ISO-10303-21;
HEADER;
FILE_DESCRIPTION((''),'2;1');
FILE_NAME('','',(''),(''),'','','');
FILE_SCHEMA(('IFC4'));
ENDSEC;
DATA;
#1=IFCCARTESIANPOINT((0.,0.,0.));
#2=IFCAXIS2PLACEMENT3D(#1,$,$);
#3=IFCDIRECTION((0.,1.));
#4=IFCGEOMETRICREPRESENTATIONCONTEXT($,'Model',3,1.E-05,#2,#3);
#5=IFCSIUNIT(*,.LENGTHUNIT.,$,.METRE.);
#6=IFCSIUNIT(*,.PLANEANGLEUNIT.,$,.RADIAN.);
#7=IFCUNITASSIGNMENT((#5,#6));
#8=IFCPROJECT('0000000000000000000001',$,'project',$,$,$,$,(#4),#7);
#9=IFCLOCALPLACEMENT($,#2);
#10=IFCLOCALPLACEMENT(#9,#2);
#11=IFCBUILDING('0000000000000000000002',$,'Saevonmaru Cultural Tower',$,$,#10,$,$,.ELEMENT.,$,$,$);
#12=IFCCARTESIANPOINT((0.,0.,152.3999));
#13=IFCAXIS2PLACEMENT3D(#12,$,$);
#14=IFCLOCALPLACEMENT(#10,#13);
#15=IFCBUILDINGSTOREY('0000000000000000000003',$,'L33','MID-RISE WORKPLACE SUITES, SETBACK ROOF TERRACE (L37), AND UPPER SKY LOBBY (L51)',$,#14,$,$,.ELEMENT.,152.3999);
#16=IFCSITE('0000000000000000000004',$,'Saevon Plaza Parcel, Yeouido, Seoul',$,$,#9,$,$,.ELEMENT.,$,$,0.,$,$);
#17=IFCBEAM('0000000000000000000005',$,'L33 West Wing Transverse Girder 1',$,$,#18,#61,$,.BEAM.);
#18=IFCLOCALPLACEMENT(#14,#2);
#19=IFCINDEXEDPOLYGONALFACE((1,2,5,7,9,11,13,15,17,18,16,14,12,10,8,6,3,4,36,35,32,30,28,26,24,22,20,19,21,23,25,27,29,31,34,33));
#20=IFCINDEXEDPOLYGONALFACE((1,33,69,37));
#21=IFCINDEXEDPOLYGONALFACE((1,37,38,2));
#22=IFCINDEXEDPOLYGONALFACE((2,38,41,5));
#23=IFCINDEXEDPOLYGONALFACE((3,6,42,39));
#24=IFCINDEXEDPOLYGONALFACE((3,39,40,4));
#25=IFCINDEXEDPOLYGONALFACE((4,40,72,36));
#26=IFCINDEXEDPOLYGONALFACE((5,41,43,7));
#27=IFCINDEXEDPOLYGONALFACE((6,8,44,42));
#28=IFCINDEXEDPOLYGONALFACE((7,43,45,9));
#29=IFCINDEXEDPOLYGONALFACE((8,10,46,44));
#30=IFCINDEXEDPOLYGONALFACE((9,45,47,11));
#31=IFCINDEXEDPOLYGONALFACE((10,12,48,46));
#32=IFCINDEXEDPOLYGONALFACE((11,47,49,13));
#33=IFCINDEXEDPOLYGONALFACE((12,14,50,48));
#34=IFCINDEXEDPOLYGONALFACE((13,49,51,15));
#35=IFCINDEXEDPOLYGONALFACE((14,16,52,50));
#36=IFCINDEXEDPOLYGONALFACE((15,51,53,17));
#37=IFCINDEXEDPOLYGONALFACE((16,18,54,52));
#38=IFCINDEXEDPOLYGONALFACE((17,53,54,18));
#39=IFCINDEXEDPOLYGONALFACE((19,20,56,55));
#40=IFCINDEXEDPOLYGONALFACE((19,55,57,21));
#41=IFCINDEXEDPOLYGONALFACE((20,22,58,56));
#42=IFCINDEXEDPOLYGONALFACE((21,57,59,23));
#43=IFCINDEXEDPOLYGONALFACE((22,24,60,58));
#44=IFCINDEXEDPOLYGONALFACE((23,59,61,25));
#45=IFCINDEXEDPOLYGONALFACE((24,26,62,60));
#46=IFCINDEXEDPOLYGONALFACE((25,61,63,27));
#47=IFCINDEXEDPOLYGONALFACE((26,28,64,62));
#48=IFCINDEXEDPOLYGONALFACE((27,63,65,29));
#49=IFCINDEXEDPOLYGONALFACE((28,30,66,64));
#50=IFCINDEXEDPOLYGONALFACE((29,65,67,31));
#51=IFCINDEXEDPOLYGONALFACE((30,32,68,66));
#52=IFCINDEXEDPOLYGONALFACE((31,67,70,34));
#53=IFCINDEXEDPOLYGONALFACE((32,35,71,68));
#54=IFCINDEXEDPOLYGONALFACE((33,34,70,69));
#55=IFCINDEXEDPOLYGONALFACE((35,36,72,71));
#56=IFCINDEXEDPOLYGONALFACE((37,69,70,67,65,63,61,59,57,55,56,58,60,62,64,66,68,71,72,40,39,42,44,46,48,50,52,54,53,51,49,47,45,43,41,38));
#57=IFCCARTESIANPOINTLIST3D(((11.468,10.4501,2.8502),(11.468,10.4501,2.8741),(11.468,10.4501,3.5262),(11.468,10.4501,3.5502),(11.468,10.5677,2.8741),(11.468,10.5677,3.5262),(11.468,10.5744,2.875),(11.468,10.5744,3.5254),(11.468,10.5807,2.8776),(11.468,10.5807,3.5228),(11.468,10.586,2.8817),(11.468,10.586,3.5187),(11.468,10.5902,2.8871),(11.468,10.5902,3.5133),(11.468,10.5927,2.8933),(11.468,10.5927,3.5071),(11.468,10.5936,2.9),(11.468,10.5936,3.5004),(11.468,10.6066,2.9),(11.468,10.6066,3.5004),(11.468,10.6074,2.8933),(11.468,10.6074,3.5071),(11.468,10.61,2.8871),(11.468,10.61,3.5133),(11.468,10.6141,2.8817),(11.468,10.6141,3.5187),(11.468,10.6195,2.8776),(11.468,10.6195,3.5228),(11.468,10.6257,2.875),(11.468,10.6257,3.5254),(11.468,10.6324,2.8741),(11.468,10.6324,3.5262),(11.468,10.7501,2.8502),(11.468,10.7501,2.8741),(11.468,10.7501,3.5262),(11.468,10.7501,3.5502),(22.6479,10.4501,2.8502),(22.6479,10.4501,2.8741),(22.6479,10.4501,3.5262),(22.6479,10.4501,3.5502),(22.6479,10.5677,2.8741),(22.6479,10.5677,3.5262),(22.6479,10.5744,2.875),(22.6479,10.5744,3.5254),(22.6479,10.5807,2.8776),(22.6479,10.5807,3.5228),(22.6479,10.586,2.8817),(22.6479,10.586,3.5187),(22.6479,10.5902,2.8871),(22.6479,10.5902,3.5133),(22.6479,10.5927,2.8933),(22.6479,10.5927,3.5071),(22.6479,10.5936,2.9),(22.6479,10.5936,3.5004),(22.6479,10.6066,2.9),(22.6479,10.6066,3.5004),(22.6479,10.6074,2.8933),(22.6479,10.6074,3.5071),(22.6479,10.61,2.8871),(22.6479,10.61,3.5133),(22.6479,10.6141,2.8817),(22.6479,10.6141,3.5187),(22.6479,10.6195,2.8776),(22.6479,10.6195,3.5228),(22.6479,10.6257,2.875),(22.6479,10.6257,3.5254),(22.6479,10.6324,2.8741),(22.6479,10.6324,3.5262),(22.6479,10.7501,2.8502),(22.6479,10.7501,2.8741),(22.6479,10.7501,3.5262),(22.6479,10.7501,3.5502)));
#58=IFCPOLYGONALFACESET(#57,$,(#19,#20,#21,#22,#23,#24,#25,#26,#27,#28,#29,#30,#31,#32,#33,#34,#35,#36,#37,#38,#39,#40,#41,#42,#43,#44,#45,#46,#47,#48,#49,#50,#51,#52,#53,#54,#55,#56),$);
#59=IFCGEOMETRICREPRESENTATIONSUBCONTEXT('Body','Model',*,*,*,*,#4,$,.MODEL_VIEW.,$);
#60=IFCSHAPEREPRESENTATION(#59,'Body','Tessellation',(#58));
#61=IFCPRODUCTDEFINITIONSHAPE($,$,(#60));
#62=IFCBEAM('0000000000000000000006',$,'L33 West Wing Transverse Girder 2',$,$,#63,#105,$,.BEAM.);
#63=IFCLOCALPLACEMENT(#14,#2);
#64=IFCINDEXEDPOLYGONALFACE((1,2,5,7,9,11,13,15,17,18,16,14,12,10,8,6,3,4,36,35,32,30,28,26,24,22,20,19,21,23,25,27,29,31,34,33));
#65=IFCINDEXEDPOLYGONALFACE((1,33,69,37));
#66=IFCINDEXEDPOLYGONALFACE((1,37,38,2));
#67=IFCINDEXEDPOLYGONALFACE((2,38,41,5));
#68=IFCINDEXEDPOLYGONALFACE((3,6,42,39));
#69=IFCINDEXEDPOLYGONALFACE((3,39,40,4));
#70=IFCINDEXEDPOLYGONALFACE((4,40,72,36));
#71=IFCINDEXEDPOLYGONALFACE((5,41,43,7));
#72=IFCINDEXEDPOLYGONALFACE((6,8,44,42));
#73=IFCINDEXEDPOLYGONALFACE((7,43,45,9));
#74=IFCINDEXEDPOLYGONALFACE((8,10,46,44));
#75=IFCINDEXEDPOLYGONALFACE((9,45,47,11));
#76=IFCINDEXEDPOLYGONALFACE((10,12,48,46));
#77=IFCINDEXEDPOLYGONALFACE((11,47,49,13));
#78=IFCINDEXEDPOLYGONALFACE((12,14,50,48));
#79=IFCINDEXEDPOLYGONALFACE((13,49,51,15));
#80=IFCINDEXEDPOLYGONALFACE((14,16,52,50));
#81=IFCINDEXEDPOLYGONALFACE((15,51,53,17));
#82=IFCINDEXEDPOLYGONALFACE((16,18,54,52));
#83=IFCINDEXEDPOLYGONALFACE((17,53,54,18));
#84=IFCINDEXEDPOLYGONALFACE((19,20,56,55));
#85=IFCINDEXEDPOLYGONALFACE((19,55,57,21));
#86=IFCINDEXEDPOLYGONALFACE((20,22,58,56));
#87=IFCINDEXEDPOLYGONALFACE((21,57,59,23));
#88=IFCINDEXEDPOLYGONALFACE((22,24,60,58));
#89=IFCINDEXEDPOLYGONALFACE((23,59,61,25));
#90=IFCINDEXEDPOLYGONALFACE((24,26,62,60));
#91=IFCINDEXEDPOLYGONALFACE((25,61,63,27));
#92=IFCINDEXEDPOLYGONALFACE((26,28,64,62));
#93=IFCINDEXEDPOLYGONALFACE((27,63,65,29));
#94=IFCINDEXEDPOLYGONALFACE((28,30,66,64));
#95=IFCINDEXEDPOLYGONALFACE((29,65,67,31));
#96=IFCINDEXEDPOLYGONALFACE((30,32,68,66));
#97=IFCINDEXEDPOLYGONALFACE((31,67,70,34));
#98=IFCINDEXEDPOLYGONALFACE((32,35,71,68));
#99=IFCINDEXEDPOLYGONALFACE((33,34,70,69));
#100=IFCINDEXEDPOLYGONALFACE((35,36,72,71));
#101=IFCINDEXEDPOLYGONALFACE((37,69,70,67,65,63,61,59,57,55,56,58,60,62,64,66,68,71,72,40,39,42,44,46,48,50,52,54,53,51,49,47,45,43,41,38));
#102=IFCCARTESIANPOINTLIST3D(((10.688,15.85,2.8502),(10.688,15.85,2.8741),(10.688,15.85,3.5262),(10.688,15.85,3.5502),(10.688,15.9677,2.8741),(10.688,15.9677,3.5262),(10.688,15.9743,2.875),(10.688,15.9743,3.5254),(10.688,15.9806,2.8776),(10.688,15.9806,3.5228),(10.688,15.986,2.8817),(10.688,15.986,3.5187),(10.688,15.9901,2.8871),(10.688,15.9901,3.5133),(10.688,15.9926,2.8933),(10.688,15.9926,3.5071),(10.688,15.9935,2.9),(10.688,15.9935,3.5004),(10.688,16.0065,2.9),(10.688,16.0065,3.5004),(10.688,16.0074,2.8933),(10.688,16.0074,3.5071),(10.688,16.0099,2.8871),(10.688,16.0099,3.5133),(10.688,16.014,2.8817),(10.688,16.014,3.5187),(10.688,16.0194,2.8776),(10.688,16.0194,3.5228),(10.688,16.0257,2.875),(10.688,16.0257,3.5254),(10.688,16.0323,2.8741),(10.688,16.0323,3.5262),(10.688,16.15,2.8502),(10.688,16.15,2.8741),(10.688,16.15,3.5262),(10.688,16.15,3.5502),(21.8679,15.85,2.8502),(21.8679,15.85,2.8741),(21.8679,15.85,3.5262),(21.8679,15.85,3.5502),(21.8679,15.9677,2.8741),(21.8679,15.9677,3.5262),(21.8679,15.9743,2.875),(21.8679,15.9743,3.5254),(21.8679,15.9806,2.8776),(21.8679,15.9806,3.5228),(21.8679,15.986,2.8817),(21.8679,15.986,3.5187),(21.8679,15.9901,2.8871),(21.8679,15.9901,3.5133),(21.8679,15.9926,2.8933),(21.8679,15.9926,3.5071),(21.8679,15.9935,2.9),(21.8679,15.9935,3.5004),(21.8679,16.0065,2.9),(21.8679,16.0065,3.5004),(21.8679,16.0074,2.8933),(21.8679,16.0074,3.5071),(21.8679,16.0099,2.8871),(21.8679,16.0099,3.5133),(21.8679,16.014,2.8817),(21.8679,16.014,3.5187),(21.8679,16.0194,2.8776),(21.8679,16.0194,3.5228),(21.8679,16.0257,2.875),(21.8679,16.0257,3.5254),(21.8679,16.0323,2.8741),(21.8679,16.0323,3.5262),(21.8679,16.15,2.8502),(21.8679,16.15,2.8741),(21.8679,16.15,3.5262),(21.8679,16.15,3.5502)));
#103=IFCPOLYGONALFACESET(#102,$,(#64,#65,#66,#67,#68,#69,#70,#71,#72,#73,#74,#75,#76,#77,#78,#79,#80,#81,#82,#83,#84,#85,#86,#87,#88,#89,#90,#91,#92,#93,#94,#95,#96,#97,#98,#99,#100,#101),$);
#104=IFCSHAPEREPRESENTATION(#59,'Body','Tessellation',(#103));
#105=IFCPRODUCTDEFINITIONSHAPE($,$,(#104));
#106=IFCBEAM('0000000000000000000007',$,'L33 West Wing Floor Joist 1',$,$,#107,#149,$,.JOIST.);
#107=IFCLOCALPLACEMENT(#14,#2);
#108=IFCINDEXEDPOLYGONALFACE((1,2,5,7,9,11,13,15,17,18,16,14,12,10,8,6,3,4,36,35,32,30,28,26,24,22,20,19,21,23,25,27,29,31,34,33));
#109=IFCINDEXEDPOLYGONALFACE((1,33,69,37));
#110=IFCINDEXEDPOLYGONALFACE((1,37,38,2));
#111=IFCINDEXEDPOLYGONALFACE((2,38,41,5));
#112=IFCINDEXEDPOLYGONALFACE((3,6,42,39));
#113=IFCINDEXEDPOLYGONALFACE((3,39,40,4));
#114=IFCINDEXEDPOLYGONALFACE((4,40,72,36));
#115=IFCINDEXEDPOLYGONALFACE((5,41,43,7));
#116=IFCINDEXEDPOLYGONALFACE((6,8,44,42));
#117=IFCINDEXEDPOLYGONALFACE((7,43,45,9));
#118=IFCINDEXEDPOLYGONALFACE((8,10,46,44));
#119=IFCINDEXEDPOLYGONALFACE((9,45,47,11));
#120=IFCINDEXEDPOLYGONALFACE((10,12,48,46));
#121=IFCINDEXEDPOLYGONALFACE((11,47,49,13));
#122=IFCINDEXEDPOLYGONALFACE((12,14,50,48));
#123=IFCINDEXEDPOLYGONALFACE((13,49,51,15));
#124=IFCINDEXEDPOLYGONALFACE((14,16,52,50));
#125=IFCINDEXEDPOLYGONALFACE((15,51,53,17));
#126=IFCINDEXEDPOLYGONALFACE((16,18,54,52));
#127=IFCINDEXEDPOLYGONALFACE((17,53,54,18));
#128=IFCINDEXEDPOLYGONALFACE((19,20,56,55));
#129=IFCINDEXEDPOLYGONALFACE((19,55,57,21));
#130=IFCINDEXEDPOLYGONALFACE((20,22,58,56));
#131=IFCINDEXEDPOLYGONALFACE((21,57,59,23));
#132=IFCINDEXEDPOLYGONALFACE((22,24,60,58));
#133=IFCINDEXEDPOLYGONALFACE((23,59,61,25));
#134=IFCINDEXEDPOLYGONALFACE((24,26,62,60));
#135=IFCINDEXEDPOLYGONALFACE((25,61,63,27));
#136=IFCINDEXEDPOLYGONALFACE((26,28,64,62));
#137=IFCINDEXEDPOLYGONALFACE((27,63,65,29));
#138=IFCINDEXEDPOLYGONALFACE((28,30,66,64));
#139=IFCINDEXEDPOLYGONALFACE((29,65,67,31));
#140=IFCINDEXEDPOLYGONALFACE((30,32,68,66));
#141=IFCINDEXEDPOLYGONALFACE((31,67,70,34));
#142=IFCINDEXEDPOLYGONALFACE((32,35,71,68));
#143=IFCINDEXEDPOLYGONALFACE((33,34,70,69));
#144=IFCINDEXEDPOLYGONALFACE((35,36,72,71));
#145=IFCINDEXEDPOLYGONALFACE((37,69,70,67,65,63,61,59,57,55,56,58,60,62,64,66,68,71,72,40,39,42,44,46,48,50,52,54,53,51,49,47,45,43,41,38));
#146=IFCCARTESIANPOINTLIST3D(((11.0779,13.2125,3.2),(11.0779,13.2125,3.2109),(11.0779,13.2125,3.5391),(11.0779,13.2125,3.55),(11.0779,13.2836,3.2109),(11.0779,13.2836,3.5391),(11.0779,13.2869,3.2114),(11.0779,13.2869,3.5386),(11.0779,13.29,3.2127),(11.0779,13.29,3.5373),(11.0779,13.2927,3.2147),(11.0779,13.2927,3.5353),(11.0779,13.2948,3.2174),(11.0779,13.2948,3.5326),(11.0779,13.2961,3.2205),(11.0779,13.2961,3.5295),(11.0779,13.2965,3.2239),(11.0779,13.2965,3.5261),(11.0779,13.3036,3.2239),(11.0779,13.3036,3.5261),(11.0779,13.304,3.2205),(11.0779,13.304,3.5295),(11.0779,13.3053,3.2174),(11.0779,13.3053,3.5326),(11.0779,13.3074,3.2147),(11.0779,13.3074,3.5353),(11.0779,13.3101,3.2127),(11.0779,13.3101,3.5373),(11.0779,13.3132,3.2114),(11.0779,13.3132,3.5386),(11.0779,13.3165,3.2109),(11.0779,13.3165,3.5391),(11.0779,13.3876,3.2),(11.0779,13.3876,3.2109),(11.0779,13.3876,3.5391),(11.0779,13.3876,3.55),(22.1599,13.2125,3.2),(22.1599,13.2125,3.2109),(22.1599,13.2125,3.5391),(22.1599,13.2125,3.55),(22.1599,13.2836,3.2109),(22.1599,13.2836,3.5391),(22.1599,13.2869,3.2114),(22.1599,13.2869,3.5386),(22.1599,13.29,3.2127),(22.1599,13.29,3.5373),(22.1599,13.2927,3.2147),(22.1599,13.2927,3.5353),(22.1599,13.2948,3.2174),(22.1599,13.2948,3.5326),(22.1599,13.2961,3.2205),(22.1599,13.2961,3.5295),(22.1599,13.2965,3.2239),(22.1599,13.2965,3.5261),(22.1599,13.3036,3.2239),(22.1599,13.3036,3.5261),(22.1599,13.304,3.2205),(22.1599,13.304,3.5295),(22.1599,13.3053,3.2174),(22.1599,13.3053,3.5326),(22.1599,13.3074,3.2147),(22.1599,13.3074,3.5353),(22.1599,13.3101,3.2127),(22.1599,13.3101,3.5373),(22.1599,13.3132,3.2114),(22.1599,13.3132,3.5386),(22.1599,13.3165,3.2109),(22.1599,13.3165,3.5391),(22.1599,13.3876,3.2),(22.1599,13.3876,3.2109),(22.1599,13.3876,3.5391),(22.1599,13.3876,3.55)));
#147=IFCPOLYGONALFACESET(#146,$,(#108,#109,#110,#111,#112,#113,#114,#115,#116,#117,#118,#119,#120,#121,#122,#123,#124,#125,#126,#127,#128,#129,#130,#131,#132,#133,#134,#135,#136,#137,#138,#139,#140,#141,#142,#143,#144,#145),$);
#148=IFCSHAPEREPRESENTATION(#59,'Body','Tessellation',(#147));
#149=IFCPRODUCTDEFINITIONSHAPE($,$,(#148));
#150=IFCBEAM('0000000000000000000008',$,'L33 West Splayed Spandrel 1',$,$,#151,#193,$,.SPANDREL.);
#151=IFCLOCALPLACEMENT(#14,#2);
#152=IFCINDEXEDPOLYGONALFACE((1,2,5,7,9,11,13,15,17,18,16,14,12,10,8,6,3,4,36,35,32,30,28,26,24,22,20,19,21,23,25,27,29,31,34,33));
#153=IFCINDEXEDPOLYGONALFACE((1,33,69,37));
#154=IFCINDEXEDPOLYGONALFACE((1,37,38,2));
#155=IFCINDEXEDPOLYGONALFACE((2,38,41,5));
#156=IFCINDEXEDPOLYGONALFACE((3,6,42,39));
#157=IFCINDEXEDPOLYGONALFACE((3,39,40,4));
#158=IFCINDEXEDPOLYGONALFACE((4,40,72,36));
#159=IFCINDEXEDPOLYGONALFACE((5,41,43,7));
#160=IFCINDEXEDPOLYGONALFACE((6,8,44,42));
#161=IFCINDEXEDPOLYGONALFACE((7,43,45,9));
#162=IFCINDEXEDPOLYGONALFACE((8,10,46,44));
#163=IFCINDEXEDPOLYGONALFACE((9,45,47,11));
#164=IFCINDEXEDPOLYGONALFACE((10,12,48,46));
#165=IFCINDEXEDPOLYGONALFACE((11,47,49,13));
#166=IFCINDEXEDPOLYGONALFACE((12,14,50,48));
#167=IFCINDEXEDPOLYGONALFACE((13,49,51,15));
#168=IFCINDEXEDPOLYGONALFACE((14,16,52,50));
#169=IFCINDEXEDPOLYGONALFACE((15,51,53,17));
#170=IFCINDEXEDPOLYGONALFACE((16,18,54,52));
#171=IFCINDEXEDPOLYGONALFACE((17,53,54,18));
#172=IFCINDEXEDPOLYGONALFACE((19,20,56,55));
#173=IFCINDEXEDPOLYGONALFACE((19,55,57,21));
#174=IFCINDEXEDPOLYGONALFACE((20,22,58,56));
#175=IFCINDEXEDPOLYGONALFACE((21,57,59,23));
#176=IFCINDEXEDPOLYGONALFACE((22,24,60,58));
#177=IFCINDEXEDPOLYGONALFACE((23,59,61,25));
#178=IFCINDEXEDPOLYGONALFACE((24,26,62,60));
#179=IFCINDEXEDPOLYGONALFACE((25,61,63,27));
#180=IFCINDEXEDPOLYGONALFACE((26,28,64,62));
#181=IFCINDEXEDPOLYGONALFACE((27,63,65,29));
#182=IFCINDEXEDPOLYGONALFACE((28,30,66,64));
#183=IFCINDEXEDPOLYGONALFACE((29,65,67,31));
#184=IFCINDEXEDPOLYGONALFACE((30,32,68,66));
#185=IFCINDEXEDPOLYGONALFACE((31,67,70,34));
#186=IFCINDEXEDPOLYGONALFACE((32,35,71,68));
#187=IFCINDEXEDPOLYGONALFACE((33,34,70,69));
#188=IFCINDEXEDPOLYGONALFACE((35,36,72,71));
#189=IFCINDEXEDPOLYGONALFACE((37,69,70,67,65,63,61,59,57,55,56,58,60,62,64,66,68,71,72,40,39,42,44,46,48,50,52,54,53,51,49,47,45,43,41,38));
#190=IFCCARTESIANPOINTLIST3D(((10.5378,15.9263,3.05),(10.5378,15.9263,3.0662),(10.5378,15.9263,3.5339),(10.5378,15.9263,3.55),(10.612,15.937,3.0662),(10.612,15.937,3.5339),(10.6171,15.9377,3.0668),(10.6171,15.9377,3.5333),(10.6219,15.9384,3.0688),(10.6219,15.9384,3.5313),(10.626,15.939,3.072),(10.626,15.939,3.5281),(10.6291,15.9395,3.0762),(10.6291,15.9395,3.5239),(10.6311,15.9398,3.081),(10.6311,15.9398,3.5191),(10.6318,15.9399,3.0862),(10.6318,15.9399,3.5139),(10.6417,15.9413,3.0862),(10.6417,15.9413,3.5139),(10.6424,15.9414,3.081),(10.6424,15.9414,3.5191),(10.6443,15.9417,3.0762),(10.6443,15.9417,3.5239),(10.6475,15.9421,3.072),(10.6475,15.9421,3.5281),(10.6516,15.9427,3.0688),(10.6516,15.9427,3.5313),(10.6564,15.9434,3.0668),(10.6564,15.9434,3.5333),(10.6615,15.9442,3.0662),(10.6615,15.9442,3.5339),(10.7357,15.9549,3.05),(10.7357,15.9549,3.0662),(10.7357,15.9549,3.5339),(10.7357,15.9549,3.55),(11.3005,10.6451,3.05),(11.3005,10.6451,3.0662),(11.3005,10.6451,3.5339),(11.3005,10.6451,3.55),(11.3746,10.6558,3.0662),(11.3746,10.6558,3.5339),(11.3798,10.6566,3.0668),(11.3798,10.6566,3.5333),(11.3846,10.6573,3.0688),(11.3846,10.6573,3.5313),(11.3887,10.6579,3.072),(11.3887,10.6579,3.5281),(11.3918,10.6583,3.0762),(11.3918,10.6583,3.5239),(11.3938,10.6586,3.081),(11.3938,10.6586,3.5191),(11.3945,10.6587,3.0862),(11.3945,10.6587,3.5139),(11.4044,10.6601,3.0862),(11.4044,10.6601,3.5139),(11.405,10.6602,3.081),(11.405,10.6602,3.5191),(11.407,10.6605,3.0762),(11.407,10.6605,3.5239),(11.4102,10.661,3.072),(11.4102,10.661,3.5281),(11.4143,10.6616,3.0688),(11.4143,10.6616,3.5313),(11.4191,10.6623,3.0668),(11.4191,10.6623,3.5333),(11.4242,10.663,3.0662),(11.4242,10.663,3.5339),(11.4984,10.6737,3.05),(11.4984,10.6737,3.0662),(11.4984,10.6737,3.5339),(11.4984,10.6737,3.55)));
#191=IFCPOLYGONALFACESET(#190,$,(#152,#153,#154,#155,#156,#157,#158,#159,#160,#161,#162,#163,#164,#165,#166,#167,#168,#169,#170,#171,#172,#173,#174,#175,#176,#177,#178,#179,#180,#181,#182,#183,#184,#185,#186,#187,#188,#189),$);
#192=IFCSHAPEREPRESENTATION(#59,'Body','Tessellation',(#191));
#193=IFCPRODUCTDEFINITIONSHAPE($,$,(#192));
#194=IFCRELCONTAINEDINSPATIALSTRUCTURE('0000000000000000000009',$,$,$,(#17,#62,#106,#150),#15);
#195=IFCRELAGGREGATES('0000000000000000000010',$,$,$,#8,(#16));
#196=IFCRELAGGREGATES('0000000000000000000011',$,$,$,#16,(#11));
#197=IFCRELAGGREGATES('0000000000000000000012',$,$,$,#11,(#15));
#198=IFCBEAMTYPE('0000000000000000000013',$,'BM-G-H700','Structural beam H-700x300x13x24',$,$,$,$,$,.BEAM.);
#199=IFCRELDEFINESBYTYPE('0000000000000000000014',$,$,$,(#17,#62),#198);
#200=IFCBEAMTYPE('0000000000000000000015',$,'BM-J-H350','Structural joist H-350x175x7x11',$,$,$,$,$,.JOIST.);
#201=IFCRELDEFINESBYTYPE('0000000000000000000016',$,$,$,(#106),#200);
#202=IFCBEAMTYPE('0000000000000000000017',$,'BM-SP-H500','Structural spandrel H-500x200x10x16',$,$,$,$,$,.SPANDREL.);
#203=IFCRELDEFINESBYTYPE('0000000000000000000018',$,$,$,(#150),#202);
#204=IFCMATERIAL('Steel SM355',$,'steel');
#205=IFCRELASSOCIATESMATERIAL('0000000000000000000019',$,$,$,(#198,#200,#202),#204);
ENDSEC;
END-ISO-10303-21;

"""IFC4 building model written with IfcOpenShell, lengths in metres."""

from ifc_helpers import new_model, si_unit, direction, frame, origin, origin_2d, place, context, subcontext, project, spatial, i_section, extrude, material, material_profile, profile_set, type_object, element, save


model = new_model("IFC4")

# Units and contexts
model_context = context("Model", 3, precision=1e-05, world=origin(), true_north=direction((0.0, 1.0)))
body_context = subcontext(model_context, "Body", "Model", "MODEL_VIEW")
ifc_project = project(units=[si_unit("LENGTHUNIT", "METRE"), si_unit("PLANEANGLEUNIT", "RADIAN")], contexts=[model_context])

# Site, building, storey
site_placement = place(None, origin())
site = spatial("IfcSite", under=ifc_project, at=site_placement, Name="Saevon Plaza Parcel, Yeouido, Seoul", CompositionType="ELEMENT", RefElevation=0.0)
building_placement = place(site_placement, origin())
building = spatial("IfcBuilding", under=site, at=building_placement, Name="Saevonmaru Cultural Tower", CompositionType="ELEMENT")
storey_placement = place(building_placement, frame((0.0, 0.0, 152.3999)))
storey = spatial("IfcBuildingStorey", under=building, at=storey_placement, Name="L33", Description="MID-RISE WORKPLACE SUITES, SETBACK ROOF TERRACE (L37), AND UPPER SKY LOBBY (L51)", CompositionType="ELEMENT", Elevation=152.3999)

# Shared definitions
ifc_material_1 = material(Name="Steel SM355", Category="steel")

# Beams
ifc_material_profile_1 = material_profile(ifc_material_1, i_section(OverallWidth=0.3, OverallDepth=0.7, WebThickness=0.0129, FlangeThickness=0.0239, FilletRadius=0.0259, at=origin_2d()), Name="H-700x300x13x24")
ifc_profile_set_1 = profile_set([ifc_material_profile_1], Name="Steel SM355")
beam_type_1 = type_object("IfcBeamType", Name="BM-G-H700", Description="Structural beam H-700x300x13x24", PredefinedType="BEAM", material=ifc_profile_set_1)
for number, where, z_axis, x_axis, name in (
    (1, (11.468, 10.6001, 3.2002), (1.0, 0.0, 0.0), (0.0, 1.0, 0.0), "L33 West Wing Transverse Girder 1"),
    (2, (10.688, 16.0, 3.2002), (1.0, 0.0, 0.0), (0.0, 1.0, 0.0), "L33 West Wing Transverse Girder 2"),
):
    element("IfcBeam", number, at=place(storey_placement, frame(where, z_axis=z_axis, x_axis=x_axis)), inside=storey, type_object=beam_type_1, Name=name, PredefinedType="BEAM", context=body_context, shape_type="SweptSolid", body=[
        extrude(i_section(OverallWidth=0.3, OverallDepth=0.7, WebThickness=0.0129, FlangeThickness=0.0239, FilletRadius=0.0259, at=origin_2d()), origin(), (0.0, 0.0, 1.0), 11.1799),
    ])
ifc_material_profile_2 = material_profile(ifc_material_1, i_section(OverallWidth=0.175, OverallDepth=0.3501, WebThickness=0.0071, FlangeThickness=0.011, FilletRadius=0.0129, at=origin_2d()), Name="H-350x175x7x11")
ifc_profile_set_2 = profile_set([ifc_material_profile_2], Name="Steel SM355")
beam_type_2 = type_object("IfcBeamType", Name="BM-J-H350", Description="Structural joist H-350x175x7x11", PredefinedType="JOIST", material=ifc_profile_set_2)
beam_1_placement = place(storey_placement, frame((11.0779, 13.3, 3.375), z_axis=(1.0, 0.0, 0.0), x_axis=(0.0, 1.0, 0.0)))
element("IfcBeam", 3, at=beam_1_placement, inside=storey, type_object=beam_type_2, Name="L33 West Wing Floor Joist 1", PredefinedType="JOIST", context=body_context, shape_type="SweptSolid", body=[
    extrude(i_section(OverallWidth=0.175, OverallDepth=0.3501, WebThickness=0.0071, FlangeThickness=0.011, FilletRadius=0.0129, at=origin_2d()), origin(), (0.0, 0.0, 1.0), 11.082),
])
ifc_material_profile_3 = material_profile(ifc_material_1, i_section(OverallWidth=0.2, OverallDepth=0.5, WebThickness=0.01, FlangeThickness=0.0161, FilletRadius=0.02, at=origin_2d()), Name="H-500x200x10x16")
ifc_profile_set_3 = profile_set([ifc_material_profile_3], Name="Steel SM355")
beam_type_3 = type_object("IfcBeamType", Name="BM-SP-H500", Description="Structural spandrel H-500x200x10x16", PredefinedType="SPANDREL", material=ifc_profile_set_3)
beam_2_placement = place(storey_placement, frame((11.3994, 10.6594, 3.3), z_axis=(-0.142933, 0.989732, 0.0), x_axis=(-0.989732, -0.142933, 0.0)))
element("IfcBeam", 4, at=beam_2_placement, inside=storey, type_object=beam_type_3, Name="L33 West Splayed Spandrel 1", PredefinedType="SPANDREL", context=body_context, shape_type="SweptSolid", body=[
    extrude(i_section(OverallWidth=0.2, OverallDepth=0.5, WebThickness=0.01, FlangeThickness=0.0161, FilletRadius=0.02, at=origin_2d()), origin(), (0.0, 0.0, 1.0), 5.3359),
])

save(model, "model.ifc")
